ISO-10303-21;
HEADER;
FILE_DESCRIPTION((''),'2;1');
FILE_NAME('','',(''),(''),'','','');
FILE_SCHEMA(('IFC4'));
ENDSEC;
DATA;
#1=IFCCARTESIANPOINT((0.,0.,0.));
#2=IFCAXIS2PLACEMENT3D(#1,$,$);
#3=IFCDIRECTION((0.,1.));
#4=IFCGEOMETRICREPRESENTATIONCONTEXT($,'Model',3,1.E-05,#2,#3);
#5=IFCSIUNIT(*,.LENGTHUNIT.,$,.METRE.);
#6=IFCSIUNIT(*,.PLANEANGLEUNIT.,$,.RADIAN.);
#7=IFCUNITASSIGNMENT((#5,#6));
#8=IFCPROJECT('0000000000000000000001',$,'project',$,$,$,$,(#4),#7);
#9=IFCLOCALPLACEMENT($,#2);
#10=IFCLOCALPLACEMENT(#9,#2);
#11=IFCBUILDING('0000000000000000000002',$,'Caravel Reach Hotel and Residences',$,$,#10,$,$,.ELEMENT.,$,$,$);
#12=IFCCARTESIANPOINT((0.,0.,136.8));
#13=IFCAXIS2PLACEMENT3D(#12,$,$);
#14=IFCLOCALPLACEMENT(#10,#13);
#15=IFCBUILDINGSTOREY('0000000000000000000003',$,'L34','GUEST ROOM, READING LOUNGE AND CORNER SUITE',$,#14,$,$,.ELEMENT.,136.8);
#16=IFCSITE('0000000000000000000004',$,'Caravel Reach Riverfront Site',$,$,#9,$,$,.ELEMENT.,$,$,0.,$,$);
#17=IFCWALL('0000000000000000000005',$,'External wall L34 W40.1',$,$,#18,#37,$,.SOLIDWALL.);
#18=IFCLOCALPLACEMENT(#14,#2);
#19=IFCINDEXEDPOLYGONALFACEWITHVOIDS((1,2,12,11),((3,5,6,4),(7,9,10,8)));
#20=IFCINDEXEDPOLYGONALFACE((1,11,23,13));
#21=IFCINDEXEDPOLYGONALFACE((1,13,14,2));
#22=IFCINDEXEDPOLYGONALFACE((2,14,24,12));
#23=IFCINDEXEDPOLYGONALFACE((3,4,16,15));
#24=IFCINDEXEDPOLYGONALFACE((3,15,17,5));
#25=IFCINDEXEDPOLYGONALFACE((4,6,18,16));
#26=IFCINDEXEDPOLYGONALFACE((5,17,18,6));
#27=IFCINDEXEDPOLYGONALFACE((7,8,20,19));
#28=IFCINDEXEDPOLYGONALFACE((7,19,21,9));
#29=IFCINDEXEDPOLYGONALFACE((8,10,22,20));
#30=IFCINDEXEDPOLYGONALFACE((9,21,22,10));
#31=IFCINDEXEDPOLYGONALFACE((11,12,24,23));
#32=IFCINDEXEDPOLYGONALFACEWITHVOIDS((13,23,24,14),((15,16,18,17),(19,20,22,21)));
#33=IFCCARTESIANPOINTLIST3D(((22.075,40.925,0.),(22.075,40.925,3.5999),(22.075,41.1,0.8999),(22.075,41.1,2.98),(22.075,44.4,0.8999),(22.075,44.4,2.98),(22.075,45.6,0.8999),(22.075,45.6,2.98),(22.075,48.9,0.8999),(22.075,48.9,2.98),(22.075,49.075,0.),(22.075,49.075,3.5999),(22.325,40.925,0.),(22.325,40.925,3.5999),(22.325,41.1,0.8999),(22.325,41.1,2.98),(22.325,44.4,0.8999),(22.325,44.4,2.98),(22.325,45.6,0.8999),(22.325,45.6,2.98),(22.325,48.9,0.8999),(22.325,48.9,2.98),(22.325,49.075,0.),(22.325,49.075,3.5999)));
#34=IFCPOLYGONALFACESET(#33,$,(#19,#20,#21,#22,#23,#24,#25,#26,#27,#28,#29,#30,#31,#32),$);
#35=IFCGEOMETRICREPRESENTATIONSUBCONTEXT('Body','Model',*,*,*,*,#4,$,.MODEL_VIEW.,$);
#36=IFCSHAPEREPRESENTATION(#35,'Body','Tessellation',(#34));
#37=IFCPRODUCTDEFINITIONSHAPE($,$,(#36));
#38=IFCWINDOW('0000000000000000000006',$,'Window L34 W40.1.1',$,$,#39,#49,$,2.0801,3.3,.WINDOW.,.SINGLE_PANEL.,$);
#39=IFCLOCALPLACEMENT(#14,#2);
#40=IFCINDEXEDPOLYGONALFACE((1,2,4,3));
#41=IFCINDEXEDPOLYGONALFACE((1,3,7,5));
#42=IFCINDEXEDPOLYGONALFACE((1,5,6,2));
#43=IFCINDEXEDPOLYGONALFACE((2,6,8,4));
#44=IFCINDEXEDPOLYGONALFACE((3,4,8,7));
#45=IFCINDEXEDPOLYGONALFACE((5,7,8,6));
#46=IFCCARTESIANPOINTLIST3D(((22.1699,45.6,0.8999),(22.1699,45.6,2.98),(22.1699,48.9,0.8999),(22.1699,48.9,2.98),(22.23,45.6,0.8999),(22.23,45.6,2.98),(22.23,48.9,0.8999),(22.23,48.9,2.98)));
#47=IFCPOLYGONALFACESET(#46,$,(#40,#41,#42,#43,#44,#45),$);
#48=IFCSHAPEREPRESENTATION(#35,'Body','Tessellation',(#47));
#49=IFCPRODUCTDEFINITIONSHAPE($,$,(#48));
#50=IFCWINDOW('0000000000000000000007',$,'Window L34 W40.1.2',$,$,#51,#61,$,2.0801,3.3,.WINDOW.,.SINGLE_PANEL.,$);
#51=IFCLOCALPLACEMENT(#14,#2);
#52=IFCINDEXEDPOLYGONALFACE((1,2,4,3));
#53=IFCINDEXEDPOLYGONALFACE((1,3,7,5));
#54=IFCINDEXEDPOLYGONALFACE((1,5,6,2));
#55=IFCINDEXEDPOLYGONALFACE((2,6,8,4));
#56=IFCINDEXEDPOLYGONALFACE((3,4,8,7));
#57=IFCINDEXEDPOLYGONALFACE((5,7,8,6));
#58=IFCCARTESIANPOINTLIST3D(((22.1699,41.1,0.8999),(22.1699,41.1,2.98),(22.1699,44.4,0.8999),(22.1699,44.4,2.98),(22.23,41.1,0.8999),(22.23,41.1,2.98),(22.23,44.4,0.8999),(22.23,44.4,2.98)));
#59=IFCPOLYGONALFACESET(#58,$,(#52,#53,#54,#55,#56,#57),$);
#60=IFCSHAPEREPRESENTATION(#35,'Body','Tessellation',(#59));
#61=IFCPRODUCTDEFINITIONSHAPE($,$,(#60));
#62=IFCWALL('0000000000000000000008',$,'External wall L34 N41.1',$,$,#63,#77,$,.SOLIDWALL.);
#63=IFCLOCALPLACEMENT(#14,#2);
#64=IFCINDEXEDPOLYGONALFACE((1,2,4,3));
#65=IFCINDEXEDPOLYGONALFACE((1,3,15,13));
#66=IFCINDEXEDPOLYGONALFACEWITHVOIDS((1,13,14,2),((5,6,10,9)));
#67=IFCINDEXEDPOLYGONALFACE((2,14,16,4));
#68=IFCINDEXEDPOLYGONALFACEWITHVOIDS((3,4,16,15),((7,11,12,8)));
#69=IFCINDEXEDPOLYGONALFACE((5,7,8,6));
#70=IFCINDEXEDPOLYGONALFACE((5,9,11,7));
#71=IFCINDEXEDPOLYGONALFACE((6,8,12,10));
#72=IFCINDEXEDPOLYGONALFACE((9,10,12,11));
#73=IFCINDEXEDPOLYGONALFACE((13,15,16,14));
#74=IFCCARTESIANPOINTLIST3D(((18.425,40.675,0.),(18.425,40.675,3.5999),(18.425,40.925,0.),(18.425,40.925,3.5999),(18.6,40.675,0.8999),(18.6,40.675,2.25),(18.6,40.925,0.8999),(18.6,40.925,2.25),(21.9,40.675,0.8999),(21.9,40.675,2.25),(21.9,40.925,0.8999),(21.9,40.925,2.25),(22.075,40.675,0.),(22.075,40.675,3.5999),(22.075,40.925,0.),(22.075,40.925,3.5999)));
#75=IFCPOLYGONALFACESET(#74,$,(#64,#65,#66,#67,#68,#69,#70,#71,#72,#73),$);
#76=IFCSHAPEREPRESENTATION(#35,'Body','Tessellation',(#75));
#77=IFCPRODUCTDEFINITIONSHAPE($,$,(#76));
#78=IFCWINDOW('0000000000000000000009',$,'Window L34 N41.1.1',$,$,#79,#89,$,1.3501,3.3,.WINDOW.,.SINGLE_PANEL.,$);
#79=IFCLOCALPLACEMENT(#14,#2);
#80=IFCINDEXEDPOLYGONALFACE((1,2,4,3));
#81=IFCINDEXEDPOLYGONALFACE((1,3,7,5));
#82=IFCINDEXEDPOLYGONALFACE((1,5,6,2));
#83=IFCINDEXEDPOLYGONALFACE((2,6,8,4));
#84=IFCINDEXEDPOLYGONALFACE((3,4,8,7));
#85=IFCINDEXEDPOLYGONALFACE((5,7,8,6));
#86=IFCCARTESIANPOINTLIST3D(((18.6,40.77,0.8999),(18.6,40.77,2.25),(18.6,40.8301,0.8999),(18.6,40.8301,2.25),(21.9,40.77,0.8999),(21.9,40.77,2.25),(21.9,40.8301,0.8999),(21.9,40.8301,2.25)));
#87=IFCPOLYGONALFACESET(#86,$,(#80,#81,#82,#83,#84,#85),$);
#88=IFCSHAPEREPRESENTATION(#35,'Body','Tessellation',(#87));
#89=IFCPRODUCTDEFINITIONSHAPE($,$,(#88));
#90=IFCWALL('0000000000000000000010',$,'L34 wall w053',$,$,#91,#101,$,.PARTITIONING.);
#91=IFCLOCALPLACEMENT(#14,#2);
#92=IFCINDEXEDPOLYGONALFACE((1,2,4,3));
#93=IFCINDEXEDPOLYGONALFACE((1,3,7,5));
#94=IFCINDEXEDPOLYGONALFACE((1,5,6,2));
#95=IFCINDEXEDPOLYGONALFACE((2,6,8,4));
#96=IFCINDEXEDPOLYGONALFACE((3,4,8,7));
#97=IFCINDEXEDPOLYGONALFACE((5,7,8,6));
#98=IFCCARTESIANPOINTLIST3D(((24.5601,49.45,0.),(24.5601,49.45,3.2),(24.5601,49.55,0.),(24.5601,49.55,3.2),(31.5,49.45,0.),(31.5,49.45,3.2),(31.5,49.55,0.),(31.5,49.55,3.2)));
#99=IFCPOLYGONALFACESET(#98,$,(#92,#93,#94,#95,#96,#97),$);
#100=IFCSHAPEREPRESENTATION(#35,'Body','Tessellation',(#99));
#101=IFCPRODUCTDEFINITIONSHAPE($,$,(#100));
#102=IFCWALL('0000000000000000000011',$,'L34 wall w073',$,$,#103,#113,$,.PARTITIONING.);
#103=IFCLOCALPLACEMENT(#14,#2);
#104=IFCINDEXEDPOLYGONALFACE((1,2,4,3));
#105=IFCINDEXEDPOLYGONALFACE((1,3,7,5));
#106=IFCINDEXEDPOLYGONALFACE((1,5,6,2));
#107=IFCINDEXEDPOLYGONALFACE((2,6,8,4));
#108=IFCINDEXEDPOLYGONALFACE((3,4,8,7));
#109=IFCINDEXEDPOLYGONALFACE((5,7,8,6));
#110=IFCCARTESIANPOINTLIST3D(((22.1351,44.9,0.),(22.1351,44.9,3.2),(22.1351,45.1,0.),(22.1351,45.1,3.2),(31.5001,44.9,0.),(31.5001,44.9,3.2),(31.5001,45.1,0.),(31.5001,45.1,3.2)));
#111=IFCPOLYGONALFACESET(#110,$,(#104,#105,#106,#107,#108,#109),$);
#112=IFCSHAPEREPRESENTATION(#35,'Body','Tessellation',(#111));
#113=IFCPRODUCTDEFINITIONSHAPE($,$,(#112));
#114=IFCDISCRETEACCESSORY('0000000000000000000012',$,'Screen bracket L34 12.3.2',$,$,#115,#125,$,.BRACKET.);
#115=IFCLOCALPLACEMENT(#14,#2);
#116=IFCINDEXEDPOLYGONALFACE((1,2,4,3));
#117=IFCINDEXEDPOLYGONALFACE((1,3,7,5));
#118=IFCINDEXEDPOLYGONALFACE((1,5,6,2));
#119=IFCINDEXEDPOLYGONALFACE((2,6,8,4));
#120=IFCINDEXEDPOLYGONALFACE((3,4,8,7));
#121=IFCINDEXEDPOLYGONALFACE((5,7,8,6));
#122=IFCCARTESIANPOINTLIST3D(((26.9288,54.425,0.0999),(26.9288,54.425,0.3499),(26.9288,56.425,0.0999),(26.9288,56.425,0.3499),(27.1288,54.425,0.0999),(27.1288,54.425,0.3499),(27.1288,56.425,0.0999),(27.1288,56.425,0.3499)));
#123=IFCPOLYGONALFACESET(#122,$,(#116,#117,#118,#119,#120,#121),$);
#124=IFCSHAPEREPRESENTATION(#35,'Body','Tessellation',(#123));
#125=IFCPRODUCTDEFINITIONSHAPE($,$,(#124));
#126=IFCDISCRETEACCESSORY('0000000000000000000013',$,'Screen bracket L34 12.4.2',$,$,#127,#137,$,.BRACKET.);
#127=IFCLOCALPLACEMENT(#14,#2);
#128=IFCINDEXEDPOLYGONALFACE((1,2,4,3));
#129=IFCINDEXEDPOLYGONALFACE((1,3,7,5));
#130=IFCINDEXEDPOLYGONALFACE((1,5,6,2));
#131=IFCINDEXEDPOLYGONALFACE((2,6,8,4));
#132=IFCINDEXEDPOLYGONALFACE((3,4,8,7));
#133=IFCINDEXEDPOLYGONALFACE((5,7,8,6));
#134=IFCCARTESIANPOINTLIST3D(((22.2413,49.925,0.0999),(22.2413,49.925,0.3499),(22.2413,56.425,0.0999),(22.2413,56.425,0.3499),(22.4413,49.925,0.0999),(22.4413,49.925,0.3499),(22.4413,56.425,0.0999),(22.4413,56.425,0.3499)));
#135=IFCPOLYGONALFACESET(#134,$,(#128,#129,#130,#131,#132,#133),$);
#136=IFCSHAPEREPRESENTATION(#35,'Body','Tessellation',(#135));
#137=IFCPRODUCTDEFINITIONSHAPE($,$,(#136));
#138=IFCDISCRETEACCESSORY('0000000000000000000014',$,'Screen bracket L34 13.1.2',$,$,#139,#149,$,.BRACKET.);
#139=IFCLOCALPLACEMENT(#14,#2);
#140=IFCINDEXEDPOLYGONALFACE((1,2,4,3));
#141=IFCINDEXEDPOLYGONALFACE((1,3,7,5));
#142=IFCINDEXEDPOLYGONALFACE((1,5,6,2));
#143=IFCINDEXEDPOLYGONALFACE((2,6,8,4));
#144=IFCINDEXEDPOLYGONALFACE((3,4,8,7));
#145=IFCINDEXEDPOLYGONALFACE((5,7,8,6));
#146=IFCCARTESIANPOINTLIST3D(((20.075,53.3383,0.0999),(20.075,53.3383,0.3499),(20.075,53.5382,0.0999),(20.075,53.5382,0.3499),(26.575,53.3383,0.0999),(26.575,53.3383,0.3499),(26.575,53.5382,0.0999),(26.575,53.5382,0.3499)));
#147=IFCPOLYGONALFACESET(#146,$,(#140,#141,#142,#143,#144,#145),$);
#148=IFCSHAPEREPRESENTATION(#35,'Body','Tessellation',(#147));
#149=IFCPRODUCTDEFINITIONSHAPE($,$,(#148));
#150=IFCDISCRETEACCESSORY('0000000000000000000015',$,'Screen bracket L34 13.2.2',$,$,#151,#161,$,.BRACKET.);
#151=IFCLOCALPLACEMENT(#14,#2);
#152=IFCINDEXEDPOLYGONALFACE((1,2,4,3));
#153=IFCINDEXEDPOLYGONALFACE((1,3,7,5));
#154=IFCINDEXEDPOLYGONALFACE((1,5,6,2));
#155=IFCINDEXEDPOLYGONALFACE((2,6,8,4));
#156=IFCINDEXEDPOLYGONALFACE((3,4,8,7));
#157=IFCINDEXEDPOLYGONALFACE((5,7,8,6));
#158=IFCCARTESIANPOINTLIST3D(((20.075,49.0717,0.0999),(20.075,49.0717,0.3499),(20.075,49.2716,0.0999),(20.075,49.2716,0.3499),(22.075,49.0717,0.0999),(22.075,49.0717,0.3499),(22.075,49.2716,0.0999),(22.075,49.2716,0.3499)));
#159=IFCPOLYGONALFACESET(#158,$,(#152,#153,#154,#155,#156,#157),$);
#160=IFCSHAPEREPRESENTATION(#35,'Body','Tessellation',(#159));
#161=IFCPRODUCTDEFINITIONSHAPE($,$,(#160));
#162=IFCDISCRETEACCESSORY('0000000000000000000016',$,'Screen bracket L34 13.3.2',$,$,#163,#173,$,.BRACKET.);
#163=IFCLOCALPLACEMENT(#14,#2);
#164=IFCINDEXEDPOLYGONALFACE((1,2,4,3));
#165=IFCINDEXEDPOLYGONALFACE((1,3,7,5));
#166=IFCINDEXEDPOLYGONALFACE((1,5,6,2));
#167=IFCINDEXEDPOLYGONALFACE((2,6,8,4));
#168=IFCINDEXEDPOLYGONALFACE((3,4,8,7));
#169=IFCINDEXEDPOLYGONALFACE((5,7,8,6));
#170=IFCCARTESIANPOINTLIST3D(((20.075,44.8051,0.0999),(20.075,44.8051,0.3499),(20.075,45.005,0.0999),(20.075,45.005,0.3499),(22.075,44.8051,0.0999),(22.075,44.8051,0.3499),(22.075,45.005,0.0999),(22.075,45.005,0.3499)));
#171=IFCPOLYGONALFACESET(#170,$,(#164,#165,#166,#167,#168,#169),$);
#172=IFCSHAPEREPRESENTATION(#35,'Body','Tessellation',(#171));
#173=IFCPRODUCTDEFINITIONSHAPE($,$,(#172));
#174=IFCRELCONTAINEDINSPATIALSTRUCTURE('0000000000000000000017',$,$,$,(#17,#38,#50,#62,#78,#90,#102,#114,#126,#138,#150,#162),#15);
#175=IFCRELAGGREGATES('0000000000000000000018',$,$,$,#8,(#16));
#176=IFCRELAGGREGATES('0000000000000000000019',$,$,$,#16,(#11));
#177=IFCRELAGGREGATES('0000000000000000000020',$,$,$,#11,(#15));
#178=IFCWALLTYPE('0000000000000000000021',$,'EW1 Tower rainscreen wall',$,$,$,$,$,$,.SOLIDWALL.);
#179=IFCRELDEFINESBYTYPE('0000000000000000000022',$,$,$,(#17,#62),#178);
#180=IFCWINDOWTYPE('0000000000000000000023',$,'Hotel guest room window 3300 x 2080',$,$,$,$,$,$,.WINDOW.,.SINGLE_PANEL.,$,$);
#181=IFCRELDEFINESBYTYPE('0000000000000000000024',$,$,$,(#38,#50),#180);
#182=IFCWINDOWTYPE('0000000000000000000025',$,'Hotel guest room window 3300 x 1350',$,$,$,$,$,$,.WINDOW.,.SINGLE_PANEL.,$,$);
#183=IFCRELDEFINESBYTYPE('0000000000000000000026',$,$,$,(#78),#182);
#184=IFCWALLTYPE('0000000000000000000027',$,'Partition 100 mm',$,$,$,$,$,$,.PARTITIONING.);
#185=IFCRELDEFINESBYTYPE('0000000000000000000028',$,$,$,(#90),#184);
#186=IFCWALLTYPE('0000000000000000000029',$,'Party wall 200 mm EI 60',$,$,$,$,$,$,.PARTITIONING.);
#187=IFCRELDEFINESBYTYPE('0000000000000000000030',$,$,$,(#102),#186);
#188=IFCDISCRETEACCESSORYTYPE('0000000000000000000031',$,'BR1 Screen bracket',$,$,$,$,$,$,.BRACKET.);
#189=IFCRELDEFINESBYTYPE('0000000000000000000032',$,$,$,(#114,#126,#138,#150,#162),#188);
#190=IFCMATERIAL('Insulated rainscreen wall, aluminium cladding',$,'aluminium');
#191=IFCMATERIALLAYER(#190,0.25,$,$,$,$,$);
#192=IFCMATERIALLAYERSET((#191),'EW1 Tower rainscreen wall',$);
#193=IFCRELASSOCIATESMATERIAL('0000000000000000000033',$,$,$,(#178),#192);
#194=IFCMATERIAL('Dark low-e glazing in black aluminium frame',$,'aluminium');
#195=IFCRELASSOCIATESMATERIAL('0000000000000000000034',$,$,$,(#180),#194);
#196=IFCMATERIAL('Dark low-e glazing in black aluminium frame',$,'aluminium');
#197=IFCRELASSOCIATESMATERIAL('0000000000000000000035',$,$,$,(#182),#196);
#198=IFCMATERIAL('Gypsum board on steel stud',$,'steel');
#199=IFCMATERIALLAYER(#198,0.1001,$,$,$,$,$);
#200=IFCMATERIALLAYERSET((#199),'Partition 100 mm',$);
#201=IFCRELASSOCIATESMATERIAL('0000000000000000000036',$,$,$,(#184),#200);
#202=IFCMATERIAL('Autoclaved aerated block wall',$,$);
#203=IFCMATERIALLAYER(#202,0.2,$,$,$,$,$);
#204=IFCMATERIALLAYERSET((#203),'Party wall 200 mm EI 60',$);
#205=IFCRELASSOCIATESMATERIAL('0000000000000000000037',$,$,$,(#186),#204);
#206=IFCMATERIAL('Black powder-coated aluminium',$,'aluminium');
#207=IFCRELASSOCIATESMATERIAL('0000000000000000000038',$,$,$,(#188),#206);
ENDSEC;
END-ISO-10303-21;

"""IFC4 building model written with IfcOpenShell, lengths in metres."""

from ifc_helpers import new_model, si_unit, direction, frame, frame_2d, origin, origin_2d, place, context, subcontext, project, spatial, rectangle, extrude, material, layer, layer_set, type_object, element, fill, save


model = new_model("IFC4")

# Units and contexts
model_context = context("Model", 3, precision=1e-05, world=origin(), true_north=direction((0.0, 1.0)))
body_context = subcontext(model_context, "Body", "Model", "MODEL_VIEW")
ifc_project = project(units=[si_unit("LENGTHUNIT", "METRE"), si_unit("PLANEANGLEUNIT", "RADIAN")], contexts=[model_context])

# Site, building, storey
site_placement = place(None, origin())
site = spatial("IfcSite", under=ifc_project, at=site_placement, Name="Caravel Reach Riverfront Site", CompositionType="ELEMENT", RefElevation=0.0)
building_placement = place(site_placement, origin())
building = spatial("IfcBuilding", under=site, at=building_placement, Name="Caravel Reach Hotel and Residences", CompositionType="ELEMENT")
storey_placement = place(building_placement, frame((0.0, 0.0, 136.8)))
storey = spatial("IfcBuildingStorey", under=building, at=storey_placement, Name="L34", Description="GUEST ROOM, READING LOUNGE AND CORNER SUITE", CompositionType="ELEMENT", Elevation=136.8)

# Shared definitions
ifc_material_1 = material(Name="Insulated rainscreen wall, aluminium cladding", Category="aluminium")
ifc_layer_1 = layer(ifc_material_1, 0.25)
ifc_layer_set_1 = layer_set([ifc_layer_1], Name="EW1 Tower rainscreen wall")
wall_type_1 = type_object("IfcWallType", Name="EW1 Tower rainscreen wall", PredefinedType="SOLIDWALL", material=ifc_layer_set_1)

# Wall, openings, windows
wall_1_placement = place(storey_placement, frame((22.2, 49.075, 0.0), z_axis=(0.0, 0.0, 1.0), x_axis=(0.0, -1.0, 0.0)))
wall_1 = element("IfcWall", 1, at=wall_1_placement, inside=storey, type_object=wall_type_1, Name="External wall L34 W40.1", PredefinedType="SOLIDWALL", context=body_context, shape_type="SweptSolid", body=[
    extrude(rectangle(XDim=8.1499, YDim=0.25, at=frame_2d((4.075, 0.0))), origin(), (0.0, 0.0, 1.0), 3.5999),
])
opening_1_placement = place(wall_1_placement, frame((0.175, 0.0, 0.8999)))
opening_1 = element("IfcOpeningElement", 2, at=opening_1_placement, cuts=wall_1, PredefinedType="OPENING", context=body_context, shape_type="SweptSolid", body=[
    extrude(rectangle(XDim=3.3, YDim=2.0801, at=frame_2d((1.6499, 1.04))), frame((0.0, 0.135, 0.0), z_axis=(0.0, -1.0, 0.0), x_axis=(1.0, 0.0, 0.0)), (0.0, 0.0, 1.0), 0.27),
])
opening_2_placement = place(wall_1_placement, frame((4.675, 0.0, 0.8999)))
opening_2 = element("IfcOpeningElement", 3, at=opening_2_placement, cuts=wall_1, PredefinedType="OPENING", context=body_context, shape_type="SweptSolid", body=[
    extrude(rectangle(XDim=3.3, YDim=2.0801, at=frame_2d((1.6499, 1.04))), frame((0.0, 0.135, 0.0), z_axis=(0.0, -1.0, 0.0), x_axis=(1.0, 0.0, 0.0)), (0.0, 0.0, 1.0), 0.27),
])
ifc_material_2 = material(Name="Dark low-e glazing in black aluminium frame", Category="aluminium")
window_type_1 = type_object("IfcWindowType", Name="Hotel guest room window 3300 x 2080", PartitioningType="SINGLE_PANEL", PredefinedType="WINDOW", material=ifc_material_2)
window_1_placement = place(opening_1_placement, origin())
window_1 = element("IfcWindow", 4, at=window_1_placement, inside=storey, type_object=window_type_1, Name="Window L34 W40.1.1", OverallHeight=2.0801, OverallWidth=3.3, PartitioningType="SINGLE_PANEL", PredefinedType="WINDOW", context=body_context, shape_type="SweptSolid", body=[
    extrude(rectangle(XDim=3.3, YDim=2.0801, at=frame_2d((1.6499, 1.04))), frame((0.0, 0.03, 0.0), z_axis=(0.0, -1.0, 0.0), x_axis=(1.0, 0.0, 0.0)), (0.0, 0.0, 1.0), 0.0601),
])
fill(opening_1, window_1)
window_2_placement = place(opening_2_placement, origin())
window_2 = element("IfcWindow", 5, at=window_2_placement, inside=storey, type_object=window_type_1, Name="Window L34 W40.1.2", OverallHeight=2.0801, OverallWidth=3.3, PartitioningType="SINGLE_PANEL", PredefinedType="WINDOW", context=body_context, shape_type="SweptSolid", body=[
    extrude(rectangle(XDim=3.3, YDim=2.0801, at=frame_2d((1.6499, 1.04))), frame((0.0, 0.03, 0.0), z_axis=(0.0, -1.0, 0.0), x_axis=(1.0, 0.0, 0.0)), (0.0, 0.0, 1.0), 0.0601),
])
fill(opening_2, window_2)

# Wall, opening, window
wall_2_placement = place(storey_placement, frame((22.075, 40.8, 0.0), z_axis=(0.0, 0.0, 1.0), x_axis=(-1.0, 0.0, 0.0)))
wall_2 = element("IfcWall", 6, at=wall_2_placement, inside=storey, type_object=wall_type_1, Name="External wall L34 N41.1", PredefinedType="SOLIDWALL", context=body_context, shape_type="SweptSolid", body=[
    extrude(rectangle(XDim=3.6499, YDim=0.25, at=frame_2d((1.825, 0.0))), origin(), (0.0, 0.0, 1.0), 3.5999),
])
opening_3_placement = place(wall_2_placement, frame((0.175, 0.0, 0.8999)))
opening_3 = element("IfcOpeningElement", 7, at=opening_3_placement, cuts=wall_2, PredefinedType="OPENING", context=body_context, shape_type="SweptSolid", body=[
    extrude(rectangle(XDim=3.3, YDim=1.3501, at=frame_2d((1.6499, 0.675))), frame((0.0, 0.135, 0.0), z_axis=(0.0, -1.0, 0.0), x_axis=(1.0, 0.0, 0.0)), (0.0, 0.0, 1.0), 0.27),
])
ifc_material_3 = material(Name="Dark low-e glazing in black aluminium frame", Category="aluminium")
window_type_2 = type_object("IfcWindowType", Name="Hotel guest room window 3300 x 1350", PartitioningType="SINGLE_PANEL", PredefinedType="WINDOW", material=ifc_material_3)
window_3_placement = place(opening_3_placement, origin())
window_3 = element("IfcWindow", 8, at=window_3_placement, inside=storey, type_object=window_type_2, Name="Window L34 N41.1.1", OverallHeight=1.3501, OverallWidth=3.3, PartitioningType="SINGLE_PANEL", PredefinedType="WINDOW", context=body_context, shape_type="SweptSolid", body=[
    extrude(rectangle(XDim=3.3, YDim=1.3501, at=frame_2d((1.6499, 0.675))), frame((0.0, 0.03, 0.0), z_axis=(0.0, -1.0, 0.0), x_axis=(1.0, 0.0, 0.0)), (0.0, 0.0, 1.0), 0.0601),
])
fill(opening_3, window_3)

# Walls
ifc_material_4 = material(Name="Gypsum board on steel stud", Category="steel")
ifc_layer_2 = layer(ifc_material_4, 0.1001)
ifc_layer_set_2 = layer_set([ifc_layer_2], Name="Partition 100 mm")
wall_type_2 = type_object("IfcWallType", Name="Partition 100 mm", PredefinedType="PARTITIONING", material=ifc_layer_set_2)
wall_3_placement = place(storey_placement, frame((24.5601, 49.5, 0.0), z_axis=(0.0, 0.0, 1.0), x_axis=(1.0, 0.0, 0.0)))
element("IfcWall", 9, at=wall_3_placement, inside=storey, type_object=wall_type_2, Name="L34 wall w053", PredefinedType="PARTITIONING", context=body_context, shape_type="SweptSolid", body=[
    extrude(rectangle(XDim=6.9399, YDim=0.1001, at=frame_2d((3.47, 0.0))), origin(), (0.0, 0.0, 1.0), 3.2),
])
ifc_material_5 = material(Name="Autoclaved aerated block wall")
ifc_layer_3 = layer(ifc_material_5, 0.2)
ifc_layer_set_3 = layer_set([ifc_layer_3], Name="Party wall 200 mm EI 60")
wall_type_3 = type_object("IfcWallType", Name="Party wall 200 mm EI 60", PredefinedType="PARTITIONING", material=ifc_layer_set_3)
wall_4_placement = place(storey_placement, frame((22.135, 45.0, 0.0), z_axis=(0.0, 0.0, 1.0), x_axis=(1.0, 0.0, 0.0)))
element("IfcWall", 10, at=wall_4_placement, inside=storey, type_object=wall_type_3, Name="L34 wall w073", PredefinedType="PARTITIONING", context=body_context, shape_type="SweptSolid", body=[
    extrude(rectangle(XDim=9.365, YDim=0.2, at=frame_2d((4.6826, 0.0))), origin(), (0.0, 0.0, 1.0), 3.2),
])

# Discrete accessories
ifc_material_6 = material(Name="Black powder-coated aluminium", Category="aluminium")
discrete_accessory_type = type_object("IfcDiscreteAccessoryType", Name="BR1 Screen bracket", PredefinedType="BRACKET", material=ifc_material_6)
discrete_accessory_placement = place(storey_placement, frame((27.0288, 55.425, 0.0999), z_axis=(0.0, 0.0, 1.0), x_axis=(0.0, 1.0, 0.0)))
element("IfcDiscreteAccessory", 11, at=discrete_accessory_placement, inside=storey, type_object=discrete_accessory_type, Name="Screen bracket L34 12.3.2", PredefinedType="BRACKET", context=body_context, shape_type="SweptSolid", body=[
    extrude(rectangle(XDim=2.0, YDim=0.2, at=origin_2d()), origin(), (0.0, 0.0, 1.0), 0.25),
])
for number, where, z_axis, x_axis, name in (
    (12, (22.3413, 53.175, 0.0999), (0.0, 0.0, 1.0), (0.0, 1.0, 0.0), "Screen bracket L34 12.4.2"),
    (13, (23.325, 53.4382, 0.0999), (0.0, 0.0, 1.0), (-1.0, 0.0, 0.0), "Screen bracket L34 13.1.2"),
):
    element("IfcDiscreteAccessory", number, at=place(storey_placement, frame(where, z_axis=z_axis, x_axis=x_axis)), inside=storey, type_object=discrete_accessory_type, Name=name, PredefinedType="BRACKET", context=body_context, shape_type="SweptSolid", body=[
        extrude(rectangle(XDim=6.5, YDim=0.2, at=origin_2d()), origin(), (0.0, 0.0, 1.0), 0.25),
    ])
for number, where, z_axis, x_axis, name in (
    (14, (21.075, 49.1716, 0.0999), (0.0, 0.0, 1.0), (-1.0, 0.0, 0.0), "Screen bracket L34 13.2.2"),
    (15, (21.075, 44.905, 0.0999), (0.0, 0.0, 1.0), (-1.0, 0.0, 0.0), "Screen bracket L34 13.3.2"),
):
    element("IfcDiscreteAccessory", number, at=place(storey_placement, frame(where, z_axis=z_axis, x_axis=x_axis)), inside=storey, type_object=discrete_accessory_type, Name=name, PredefinedType="BRACKET", context=body_context, shape_type="SweptSolid", body=[
        extrude(rectangle(XDim=2.0, YDim=0.2, at=origin_2d()), origin(), (0.0, 0.0, 1.0), 0.25),
    ])

save(model, "model.ifc")
